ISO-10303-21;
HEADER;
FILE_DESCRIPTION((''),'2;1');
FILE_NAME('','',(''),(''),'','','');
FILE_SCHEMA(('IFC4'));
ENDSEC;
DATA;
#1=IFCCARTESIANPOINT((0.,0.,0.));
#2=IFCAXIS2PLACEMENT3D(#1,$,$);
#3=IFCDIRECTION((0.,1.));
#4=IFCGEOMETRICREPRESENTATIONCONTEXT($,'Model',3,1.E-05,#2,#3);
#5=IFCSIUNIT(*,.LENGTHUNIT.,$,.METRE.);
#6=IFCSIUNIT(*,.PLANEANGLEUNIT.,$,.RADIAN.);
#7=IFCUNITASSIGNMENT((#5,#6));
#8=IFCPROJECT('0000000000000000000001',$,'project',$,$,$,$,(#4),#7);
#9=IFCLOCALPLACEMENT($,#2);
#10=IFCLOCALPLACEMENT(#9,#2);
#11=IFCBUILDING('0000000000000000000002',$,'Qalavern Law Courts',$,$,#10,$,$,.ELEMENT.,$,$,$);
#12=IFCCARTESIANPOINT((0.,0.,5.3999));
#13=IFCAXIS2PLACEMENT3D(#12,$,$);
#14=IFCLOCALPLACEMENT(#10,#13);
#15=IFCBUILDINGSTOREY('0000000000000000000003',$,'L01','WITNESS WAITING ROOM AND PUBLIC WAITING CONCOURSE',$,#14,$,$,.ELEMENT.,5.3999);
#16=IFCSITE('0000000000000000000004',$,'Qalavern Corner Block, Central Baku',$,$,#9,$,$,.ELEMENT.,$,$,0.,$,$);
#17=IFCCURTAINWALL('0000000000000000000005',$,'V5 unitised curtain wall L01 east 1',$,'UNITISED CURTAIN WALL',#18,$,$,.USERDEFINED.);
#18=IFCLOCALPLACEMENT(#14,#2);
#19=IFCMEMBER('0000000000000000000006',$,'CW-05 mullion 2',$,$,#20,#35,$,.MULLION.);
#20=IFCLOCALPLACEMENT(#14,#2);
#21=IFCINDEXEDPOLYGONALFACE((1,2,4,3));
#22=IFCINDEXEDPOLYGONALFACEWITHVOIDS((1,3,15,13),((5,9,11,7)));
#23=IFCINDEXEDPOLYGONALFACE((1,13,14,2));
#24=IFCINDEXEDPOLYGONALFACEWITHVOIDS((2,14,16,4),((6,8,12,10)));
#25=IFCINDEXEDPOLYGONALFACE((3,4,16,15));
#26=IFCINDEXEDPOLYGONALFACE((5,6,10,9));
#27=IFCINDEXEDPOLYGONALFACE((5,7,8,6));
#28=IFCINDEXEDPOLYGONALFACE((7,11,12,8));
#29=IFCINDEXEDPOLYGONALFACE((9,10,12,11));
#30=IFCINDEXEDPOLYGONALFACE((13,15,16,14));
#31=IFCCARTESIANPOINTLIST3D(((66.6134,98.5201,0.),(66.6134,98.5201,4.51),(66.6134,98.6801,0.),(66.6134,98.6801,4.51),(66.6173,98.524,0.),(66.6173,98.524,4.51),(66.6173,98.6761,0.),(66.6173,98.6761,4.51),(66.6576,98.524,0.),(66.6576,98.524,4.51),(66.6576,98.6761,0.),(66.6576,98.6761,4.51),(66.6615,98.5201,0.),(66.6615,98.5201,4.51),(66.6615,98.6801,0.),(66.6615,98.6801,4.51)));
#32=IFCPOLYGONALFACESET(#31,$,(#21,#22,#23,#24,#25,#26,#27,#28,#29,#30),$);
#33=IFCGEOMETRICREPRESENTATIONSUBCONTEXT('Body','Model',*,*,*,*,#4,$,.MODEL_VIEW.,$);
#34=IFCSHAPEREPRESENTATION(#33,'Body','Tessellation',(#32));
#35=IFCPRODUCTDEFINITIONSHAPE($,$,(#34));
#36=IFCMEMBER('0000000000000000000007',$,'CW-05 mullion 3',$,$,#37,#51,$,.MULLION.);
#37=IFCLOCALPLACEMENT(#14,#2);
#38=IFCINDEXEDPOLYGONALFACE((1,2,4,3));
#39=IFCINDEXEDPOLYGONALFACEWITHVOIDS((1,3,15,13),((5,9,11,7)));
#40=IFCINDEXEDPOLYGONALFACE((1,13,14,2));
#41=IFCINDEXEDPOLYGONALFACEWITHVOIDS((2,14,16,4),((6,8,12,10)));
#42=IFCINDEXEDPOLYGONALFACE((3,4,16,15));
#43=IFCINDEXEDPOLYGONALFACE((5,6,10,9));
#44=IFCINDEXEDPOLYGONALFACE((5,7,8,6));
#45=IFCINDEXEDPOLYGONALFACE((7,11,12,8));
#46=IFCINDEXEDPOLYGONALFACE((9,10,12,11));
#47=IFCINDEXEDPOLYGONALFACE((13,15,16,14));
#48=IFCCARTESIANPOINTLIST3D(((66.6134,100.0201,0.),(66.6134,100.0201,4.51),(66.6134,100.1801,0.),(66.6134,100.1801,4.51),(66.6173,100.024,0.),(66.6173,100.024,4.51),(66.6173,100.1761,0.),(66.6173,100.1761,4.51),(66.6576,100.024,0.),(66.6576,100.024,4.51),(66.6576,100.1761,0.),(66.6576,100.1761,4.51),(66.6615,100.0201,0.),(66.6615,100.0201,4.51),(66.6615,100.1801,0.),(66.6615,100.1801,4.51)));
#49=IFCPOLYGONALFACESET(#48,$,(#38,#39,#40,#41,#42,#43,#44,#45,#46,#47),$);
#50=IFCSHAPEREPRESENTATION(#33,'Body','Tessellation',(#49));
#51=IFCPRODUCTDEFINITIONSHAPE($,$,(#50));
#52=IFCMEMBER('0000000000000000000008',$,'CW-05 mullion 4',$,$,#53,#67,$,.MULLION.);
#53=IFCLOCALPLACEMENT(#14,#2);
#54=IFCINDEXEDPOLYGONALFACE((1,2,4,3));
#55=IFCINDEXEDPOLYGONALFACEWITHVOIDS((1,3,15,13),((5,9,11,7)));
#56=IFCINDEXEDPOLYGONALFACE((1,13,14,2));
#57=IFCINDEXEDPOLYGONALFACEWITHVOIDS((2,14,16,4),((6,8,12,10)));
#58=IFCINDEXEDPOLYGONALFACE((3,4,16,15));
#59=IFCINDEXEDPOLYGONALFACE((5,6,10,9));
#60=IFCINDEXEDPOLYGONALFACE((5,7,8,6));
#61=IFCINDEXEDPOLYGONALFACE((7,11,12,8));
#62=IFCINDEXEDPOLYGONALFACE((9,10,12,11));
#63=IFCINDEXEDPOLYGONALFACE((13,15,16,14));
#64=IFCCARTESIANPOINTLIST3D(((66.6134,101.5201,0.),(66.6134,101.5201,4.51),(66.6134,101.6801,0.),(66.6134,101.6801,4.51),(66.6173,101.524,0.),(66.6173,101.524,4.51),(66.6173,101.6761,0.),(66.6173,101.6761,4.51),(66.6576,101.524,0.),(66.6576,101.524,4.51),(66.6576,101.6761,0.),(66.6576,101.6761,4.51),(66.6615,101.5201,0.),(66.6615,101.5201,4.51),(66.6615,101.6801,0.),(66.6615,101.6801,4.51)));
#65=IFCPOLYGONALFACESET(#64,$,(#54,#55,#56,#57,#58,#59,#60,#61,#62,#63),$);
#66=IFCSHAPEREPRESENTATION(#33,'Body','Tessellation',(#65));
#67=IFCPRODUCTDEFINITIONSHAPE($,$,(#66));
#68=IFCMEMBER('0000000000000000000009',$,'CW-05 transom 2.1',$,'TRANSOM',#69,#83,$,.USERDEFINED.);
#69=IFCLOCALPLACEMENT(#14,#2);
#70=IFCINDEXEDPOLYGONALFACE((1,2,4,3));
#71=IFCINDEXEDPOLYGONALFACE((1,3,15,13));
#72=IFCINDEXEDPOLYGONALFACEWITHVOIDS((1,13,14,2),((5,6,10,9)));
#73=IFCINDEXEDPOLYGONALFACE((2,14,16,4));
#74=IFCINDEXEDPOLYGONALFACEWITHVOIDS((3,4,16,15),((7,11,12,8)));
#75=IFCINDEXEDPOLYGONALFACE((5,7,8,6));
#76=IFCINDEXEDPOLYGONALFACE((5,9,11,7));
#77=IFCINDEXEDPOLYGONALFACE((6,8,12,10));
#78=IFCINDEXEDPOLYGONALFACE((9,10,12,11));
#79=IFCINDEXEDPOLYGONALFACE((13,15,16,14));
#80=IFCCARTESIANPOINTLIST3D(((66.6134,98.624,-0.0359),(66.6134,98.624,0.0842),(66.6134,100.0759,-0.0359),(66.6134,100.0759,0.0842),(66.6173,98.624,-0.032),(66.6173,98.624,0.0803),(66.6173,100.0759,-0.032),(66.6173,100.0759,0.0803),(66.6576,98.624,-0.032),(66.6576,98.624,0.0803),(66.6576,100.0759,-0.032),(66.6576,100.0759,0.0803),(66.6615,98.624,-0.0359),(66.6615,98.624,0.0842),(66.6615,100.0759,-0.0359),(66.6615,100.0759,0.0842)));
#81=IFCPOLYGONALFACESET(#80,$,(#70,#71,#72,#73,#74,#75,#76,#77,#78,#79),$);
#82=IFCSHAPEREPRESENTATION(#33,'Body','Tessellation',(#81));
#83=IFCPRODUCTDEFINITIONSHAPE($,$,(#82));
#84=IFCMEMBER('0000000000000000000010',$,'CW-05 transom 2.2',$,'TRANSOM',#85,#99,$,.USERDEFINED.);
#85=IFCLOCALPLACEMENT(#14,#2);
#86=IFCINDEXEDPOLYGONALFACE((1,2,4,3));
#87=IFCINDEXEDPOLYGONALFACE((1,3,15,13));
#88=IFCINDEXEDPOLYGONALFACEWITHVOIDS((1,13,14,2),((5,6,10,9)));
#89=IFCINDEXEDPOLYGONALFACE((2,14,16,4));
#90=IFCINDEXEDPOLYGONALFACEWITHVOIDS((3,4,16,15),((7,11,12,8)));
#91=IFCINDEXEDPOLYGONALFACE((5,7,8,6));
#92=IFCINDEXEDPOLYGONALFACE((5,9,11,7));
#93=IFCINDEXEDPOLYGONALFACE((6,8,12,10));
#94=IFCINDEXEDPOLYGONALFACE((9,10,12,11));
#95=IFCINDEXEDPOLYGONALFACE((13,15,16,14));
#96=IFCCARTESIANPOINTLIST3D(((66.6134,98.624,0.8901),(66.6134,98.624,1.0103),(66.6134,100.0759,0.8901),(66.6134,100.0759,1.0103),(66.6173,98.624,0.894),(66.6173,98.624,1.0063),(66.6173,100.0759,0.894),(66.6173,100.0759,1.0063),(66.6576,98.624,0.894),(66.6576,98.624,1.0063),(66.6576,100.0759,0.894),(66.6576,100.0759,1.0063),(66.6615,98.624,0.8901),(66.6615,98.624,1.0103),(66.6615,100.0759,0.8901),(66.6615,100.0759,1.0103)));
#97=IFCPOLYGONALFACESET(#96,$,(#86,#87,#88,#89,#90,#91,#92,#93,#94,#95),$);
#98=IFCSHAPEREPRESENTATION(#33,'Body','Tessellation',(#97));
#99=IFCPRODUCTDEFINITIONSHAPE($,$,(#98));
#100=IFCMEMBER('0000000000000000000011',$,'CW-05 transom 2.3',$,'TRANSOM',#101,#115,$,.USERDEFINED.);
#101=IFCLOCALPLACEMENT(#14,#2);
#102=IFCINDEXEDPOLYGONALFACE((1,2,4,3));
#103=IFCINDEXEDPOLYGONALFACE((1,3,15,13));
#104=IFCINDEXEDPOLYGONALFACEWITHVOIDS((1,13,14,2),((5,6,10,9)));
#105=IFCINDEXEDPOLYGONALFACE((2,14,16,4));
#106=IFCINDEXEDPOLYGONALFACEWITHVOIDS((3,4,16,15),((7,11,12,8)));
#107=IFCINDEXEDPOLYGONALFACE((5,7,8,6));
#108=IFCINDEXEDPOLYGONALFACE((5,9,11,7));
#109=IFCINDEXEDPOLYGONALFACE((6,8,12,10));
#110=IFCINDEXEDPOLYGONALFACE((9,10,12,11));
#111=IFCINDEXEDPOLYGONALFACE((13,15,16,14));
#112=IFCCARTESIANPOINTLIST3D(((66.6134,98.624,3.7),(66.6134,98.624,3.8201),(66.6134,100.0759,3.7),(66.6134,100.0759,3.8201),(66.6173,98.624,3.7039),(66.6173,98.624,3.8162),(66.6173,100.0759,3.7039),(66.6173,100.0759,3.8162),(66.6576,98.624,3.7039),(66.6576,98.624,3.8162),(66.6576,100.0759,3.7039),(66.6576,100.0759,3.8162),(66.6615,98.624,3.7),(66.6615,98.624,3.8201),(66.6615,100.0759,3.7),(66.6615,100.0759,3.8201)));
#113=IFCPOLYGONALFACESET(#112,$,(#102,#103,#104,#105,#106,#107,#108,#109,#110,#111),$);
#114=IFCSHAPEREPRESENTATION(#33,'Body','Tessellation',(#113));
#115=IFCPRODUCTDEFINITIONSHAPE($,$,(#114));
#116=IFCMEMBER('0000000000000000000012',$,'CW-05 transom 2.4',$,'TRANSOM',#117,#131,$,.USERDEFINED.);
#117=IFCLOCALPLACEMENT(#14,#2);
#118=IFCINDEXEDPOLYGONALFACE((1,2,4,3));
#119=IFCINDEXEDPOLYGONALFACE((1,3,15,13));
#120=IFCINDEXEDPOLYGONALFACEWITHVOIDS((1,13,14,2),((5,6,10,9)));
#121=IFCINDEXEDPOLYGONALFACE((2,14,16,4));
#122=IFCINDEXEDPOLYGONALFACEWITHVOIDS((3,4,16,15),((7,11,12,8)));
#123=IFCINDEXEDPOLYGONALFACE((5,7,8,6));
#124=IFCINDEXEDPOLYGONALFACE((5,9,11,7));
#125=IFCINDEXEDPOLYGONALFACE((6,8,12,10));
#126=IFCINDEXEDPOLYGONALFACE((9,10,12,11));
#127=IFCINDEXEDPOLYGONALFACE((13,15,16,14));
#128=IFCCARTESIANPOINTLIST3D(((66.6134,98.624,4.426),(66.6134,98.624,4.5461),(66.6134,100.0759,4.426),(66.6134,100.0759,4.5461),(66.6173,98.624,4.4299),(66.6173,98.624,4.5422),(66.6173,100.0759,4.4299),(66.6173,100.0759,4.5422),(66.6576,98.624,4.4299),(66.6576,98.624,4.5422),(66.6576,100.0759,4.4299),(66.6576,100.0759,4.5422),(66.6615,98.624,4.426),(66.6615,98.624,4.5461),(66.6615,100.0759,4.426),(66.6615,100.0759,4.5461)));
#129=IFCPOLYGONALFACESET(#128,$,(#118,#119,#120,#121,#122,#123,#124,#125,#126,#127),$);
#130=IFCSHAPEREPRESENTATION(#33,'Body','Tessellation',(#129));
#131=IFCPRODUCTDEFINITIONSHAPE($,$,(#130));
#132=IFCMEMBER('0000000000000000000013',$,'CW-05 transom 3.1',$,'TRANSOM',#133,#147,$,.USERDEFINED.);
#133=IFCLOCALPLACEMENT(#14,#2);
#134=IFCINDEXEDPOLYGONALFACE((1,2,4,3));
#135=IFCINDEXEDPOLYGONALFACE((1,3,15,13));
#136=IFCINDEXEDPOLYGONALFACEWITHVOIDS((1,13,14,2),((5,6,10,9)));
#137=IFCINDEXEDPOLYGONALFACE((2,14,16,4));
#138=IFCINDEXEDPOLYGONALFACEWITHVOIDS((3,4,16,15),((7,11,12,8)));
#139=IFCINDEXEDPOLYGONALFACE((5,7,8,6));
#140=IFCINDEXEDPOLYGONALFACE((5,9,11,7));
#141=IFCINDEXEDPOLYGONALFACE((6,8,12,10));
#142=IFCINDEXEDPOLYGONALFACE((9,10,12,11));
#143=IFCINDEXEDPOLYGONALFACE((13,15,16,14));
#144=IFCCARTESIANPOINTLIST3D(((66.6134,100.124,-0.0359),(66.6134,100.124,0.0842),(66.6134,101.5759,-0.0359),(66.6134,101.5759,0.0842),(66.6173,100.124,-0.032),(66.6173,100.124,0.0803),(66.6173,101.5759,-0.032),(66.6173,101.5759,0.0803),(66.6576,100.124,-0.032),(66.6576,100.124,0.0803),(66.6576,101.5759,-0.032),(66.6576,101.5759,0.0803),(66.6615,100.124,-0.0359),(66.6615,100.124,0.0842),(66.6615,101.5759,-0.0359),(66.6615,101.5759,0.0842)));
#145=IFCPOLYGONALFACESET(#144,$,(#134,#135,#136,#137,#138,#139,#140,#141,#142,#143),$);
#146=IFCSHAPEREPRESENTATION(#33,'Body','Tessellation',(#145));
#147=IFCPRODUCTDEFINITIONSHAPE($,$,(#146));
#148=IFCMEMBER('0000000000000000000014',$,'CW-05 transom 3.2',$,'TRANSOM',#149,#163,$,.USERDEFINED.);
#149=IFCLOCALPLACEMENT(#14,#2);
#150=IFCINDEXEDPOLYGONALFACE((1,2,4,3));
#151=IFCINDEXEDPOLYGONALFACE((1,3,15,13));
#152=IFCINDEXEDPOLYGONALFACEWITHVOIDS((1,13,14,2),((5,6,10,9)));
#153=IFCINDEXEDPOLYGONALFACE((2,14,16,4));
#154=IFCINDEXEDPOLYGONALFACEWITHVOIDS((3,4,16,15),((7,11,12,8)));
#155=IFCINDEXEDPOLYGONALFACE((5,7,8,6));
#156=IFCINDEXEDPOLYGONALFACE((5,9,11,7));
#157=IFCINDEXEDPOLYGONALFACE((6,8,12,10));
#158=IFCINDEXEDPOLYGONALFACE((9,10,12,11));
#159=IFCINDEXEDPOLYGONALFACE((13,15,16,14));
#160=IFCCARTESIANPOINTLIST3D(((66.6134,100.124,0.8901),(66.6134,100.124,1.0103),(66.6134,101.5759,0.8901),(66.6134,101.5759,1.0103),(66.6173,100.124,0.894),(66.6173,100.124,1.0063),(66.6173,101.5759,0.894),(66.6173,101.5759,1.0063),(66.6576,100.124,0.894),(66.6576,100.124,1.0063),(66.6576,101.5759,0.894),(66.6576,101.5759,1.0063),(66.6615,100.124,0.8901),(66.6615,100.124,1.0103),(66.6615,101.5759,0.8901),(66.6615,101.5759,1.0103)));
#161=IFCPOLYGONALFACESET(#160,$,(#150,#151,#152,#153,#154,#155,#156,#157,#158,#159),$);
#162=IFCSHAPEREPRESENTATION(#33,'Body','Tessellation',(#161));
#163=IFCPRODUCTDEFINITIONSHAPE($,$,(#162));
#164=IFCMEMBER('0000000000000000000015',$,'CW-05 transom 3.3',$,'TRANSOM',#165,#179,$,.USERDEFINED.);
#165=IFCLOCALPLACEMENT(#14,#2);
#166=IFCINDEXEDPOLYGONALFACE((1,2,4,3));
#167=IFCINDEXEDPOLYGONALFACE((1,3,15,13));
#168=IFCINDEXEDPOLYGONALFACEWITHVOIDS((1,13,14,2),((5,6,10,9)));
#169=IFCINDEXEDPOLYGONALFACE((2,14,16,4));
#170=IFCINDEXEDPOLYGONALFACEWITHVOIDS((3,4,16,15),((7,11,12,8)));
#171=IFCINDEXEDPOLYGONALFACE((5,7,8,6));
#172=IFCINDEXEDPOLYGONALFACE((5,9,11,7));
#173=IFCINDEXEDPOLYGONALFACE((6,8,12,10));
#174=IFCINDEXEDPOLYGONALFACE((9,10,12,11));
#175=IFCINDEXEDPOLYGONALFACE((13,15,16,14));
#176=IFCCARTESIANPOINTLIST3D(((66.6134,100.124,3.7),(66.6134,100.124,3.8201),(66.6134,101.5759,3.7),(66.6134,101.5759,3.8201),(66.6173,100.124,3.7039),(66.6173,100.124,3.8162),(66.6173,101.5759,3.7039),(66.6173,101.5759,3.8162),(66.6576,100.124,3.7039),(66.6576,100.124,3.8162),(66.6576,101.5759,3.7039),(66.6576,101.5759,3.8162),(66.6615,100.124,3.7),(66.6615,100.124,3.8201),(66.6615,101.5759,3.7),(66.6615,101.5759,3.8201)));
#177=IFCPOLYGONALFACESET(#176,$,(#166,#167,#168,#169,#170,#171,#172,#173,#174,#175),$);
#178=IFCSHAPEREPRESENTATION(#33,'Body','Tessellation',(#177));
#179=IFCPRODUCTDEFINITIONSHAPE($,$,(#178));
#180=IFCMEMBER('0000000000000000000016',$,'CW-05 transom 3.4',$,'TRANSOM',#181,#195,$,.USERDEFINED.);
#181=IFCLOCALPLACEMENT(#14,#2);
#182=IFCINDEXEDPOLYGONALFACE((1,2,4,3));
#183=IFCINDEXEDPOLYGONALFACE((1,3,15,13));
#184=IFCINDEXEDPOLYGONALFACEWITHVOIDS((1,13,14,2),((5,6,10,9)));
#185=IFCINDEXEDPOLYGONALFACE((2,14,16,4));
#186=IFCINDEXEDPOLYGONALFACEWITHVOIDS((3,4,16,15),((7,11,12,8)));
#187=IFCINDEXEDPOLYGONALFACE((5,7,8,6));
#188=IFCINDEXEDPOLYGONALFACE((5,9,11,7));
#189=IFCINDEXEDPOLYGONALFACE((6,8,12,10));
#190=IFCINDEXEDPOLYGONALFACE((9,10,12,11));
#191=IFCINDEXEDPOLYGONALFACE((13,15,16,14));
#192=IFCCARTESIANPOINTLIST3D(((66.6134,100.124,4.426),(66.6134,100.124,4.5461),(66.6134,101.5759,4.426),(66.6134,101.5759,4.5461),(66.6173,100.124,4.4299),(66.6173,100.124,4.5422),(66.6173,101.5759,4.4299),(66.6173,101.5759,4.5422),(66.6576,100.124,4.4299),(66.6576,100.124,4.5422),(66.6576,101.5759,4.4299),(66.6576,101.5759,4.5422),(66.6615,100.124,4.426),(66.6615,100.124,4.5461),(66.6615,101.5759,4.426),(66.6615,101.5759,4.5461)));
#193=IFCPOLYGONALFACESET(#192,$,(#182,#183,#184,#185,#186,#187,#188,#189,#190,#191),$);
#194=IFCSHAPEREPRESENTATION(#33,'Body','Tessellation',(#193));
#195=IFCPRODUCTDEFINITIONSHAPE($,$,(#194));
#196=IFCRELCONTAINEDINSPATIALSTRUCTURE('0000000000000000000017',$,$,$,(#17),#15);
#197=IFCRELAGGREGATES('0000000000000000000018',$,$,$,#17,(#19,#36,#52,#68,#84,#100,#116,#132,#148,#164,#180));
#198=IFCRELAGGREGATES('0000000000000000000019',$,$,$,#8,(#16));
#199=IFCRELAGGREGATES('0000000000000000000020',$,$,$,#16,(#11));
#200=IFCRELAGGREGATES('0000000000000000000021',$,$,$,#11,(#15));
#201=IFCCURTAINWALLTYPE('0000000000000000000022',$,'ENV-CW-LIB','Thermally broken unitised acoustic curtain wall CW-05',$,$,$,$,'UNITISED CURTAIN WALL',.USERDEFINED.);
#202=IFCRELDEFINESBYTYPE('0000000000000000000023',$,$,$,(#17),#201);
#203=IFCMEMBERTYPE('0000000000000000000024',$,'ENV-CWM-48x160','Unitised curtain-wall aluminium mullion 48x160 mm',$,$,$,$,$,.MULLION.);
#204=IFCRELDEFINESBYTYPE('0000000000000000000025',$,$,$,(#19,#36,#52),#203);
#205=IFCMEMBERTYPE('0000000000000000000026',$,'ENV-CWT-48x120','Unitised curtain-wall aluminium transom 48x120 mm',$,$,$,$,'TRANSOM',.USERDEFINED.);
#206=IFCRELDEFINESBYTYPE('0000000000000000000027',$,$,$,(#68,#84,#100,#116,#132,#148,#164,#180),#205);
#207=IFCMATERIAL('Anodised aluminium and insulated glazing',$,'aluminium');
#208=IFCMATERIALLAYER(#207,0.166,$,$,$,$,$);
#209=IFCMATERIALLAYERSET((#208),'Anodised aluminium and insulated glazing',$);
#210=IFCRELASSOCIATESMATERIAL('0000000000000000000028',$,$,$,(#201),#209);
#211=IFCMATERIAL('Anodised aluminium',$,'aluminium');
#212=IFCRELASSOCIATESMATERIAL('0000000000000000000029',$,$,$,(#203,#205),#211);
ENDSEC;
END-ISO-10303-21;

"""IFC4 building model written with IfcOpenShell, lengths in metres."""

from ifc_helpers import new_model, si_unit, direction, frame, origin, origin_2d, place, context, subcontext, project, spatial, hollow_rectangle, extrude, material, layer, layer_set, material_profile, profile_set, type_object, element, aggregate, save


model = new_model("IFC4")

# Units and contexts
model_context = context("Model", 3, precision=1e-05, world=origin(), true_north=direction((0.0, 1.0)))
body_context = subcontext(model_context, "Body", "Model", "MODEL_VIEW")
ifc_project = project(units=[si_unit("LENGTHUNIT", "METRE"), si_unit("PLANEANGLEUNIT", "RADIAN")], contexts=[model_context])

# Site, building, storey
site_placement = place(None, origin())
site = spatial("IfcSite", under=ifc_project, at=site_placement, Name="Qalavern Corner Block, Central Baku", CompositionType="ELEMENT", RefElevation=0.0)
building_placement = place(site_placement, origin())
building = spatial("IfcBuilding", under=site, at=building_placement, Name="Qalavern Law Courts", CompositionType="ELEMENT")
storey_placement = place(building_placement, frame((0.0, 0.0, 5.3999)))
storey = spatial("IfcBuildingStorey", under=building, at=storey_placement, Name="L01", Description="WITNESS WAITING ROOM AND PUBLIC WAITING CONCOURSE", CompositionType="ELEMENT", Elevation=5.3999)

# Curtain wall, members
ifc_material_1 = material(Name="Anodised aluminium and insulated glazing", Category="aluminium")
ifc_layer_1 = layer(ifc_material_1, 0.166)
ifc_layer_set_1 = layer_set([ifc_layer_1], Name="Anodised aluminium and insulated glazing")
curtain_wall_type = type_object("IfcCurtainWallType", Name="ENV-CW-LIB", Description="Thermally broken unitised acoustic curtain wall CW-05", ElementType="UNITISED CURTAIN WALL", PredefinedType="USERDEFINED", material=ifc_layer_set_1)
curtain_wall_placement = place(storey_placement, origin())
curtain_wall = element("IfcCurtainWall", 1, at=curtain_wall_placement, inside=storey, type_object=curtain_wall_type, Name="V5 unitised curtain wall L01 east 1", ObjectType="UNITISED CURTAIN WALL", PredefinedType="USERDEFINED")
ifc_material_2 = material(Name="Anodised aluminium", Category="aluminium")
ifc_material_profile_1 = material_profile(ifc_material_2, hollow_rectangle(XDim=0.0481, YDim=0.1599, WallThickness=0.0039, at=origin_2d()), Name="ALU MULLION 48x160")
ifc_profile_set_1 = profile_set([ifc_material_profile_1], Name="Anodised aluminium")
member_type_1 = type_object("IfcMemberType", Name="ENV-CWM-48x160", Description="Unitised curtain-wall aluminium mullion 48x160 mm", PredefinedType="MULLION", material=ifc_profile_set_1)
member_1_placement = place(storey_placement, frame((66.6375, 98.6001, 0.0), z_axis=(0.0, 0.0, 1.0), x_axis=(-1.0, 0.0, 0.0)))
member_1 = element("IfcMember", 2, at=member_1_placement, type_object=member_type_1, Name="CW-05 mullion 2", PredefinedType="MULLION", context=body_context, shape_type="SweptSolid", body=[
    extrude(hollow_rectangle(XDim=0.0481, YDim=0.1599, WallThickness=0.0039, at=origin_2d()), origin(), (0.0, 0.0, 1.0), 4.51),
])
member_2_placement = place(storey_placement, frame((66.6375, 100.1001, 0.0), z_axis=(0.0, 0.0, 1.0), x_axis=(-1.0, 0.0, 0.0)))
member_2 = element("IfcMember", 3, at=member_2_placement, type_object=member_type_1, Name="CW-05 mullion 3", PredefinedType="MULLION", context=body_context, shape_type="SweptSolid", body=[
    extrude(hollow_rectangle(XDim=0.0481, YDim=0.1599, WallThickness=0.0039, at=origin_2d()), origin(), (0.0, 0.0, 1.0), 4.51),
])
member_3_placement = place(storey_placement, frame((66.6375, 101.6001, 0.0), z_axis=(0.0, 0.0, 1.0), x_axis=(-1.0, 0.0, 0.0)))
member_3 = element("IfcMember", 4, at=member_3_placement, type_object=member_type_1, Name="CW-05 mullion 4", PredefinedType="MULLION", context=body_context, shape_type="SweptSolid", body=[
    extrude(hollow_rectangle(XDim=0.0481, YDim=0.1599, WallThickness=0.0039, at=origin_2d()), origin(), (0.0, 0.0, 1.0), 4.51),
])
ifc_material_profile_2 = material_profile(ifc_material_2, hollow_rectangle(XDim=0.0481, YDim=0.1201, WallThickness=0.0039, at=origin_2d()), Name="ALU TRANSOM 48x120")
ifc_profile_set_2 = profile_set([ifc_material_profile_2], Name="Anodised aluminium")
member_type_2 = type_object("IfcMemberType", Name="ENV-CWT-48x120", Description="Unitised curtain-wall aluminium transom 48x120 mm", ElementType="TRANSOM", PredefinedType="USERDEFINED", material=ifc_profile_set_2)
member_4_placement = place(storey_placement, frame((66.6375, 98.624, 0.0242), z_axis=(0.0, 1.0, 0.0), x_axis=(-1.0, 0.0, 0.0)))
member_4 = element("IfcMember", 5, at=member_4_placement, type_object=member_type_2, Name="CW-05 transom 2.1", ObjectType="TRANSOM", PredefinedType="USERDEFINED", context=body_context, shape_type="SweptSolid", body=[
    extrude(hollow_rectangle(XDim=0.0481, YDim=0.1201, WallThickness=0.0039, at=origin_2d()), origin(), (0.0, 0.0, 1.0), 1.4519),
])
member_5_placement = place(storey_placement, frame((66.6375, 98.624, 0.9502), z_axis=(0.0, 1.0, 0.0), x_axis=(-1.0, 0.0, 0.0)))
member_5 = element("IfcMember", 6, at=member_5_placement, type_object=member_type_2, Name="CW-05 transom 2.2", ObjectType="TRANSOM", PredefinedType="USERDEFINED", context=body_context, shape_type="SweptSolid", body=[
    extrude(hollow_rectangle(XDim=0.0481, YDim=0.1201, WallThickness=0.0039, at=origin_2d()), origin(), (0.0, 0.0, 1.0), 1.4519),
])
member_6_placement = place(storey_placement, frame((66.6375, 98.624, 3.76), z_axis=(0.0, 1.0, 0.0), x_axis=(-1.0, 0.0, 0.0)))
member_6 = element("IfcMember", 7, at=member_6_placement, type_object=member_type_2, Name="CW-05 transom 2.3", ObjectType="TRANSOM", PredefinedType="USERDEFINED", context=body_context, shape_type="SweptSolid", body=[
    extrude(hollow_rectangle(XDim=0.0481, YDim=0.1201, WallThickness=0.0039, at=origin_2d()), origin(), (0.0, 0.0, 1.0), 1.4519),
])
member_7_placement = place(storey_placement, frame((66.6375, 98.624, 4.4861), z_axis=(0.0, 1.0, 0.0), x_axis=(-1.0, 0.0, 0.0)))
member_7 = element("IfcMember", 8, at=member_7_placement, type_object=member_type_2, Name="CW-05 transom 2.4", ObjectType="TRANSOM", PredefinedType="USERDEFINED", context=body_context, shape_type="SweptSolid", body=[
    extrude(hollow_rectangle(XDim=0.0481, YDim=0.1201, WallThickness=0.0039, at=origin_2d()), origin(), (0.0, 0.0, 1.0), 1.4519),
])
member_8_placement = place(storey_placement, frame((66.6375, 100.124, 0.0242), z_axis=(0.0, 1.0, 0.0), x_axis=(-1.0, 0.0, 0.0)))
member_8 = element("IfcMember", 9, at=member_8_placement, type_object=member_type_2, Name="CW-05 transom 3.1", ObjectType="TRANSOM", PredefinedType="USERDEFINED", context=body_context, shape_type="SweptSolid", body=[
    extrude(hollow_rectangle(XDim=0.0481, YDim=0.1201, WallThickness=0.0039, at=origin_2d()), origin(), (0.0, 0.0, 1.0), 1.4519),
])
member_9_placement = place(storey_placement, frame((66.6375, 100.124, 0.9502), z_axis=(0.0, 1.0, 0.0), x_axis=(-1.0, 0.0, 0.0)))
member_9 = element("IfcMember", 10, at=member_9_placement, type_object=member_type_2, Name="CW-05 transom 3.2", ObjectType="TRANSOM", PredefinedType="USERDEFINED", context=body_context, shape_type="SweptSolid", body=[
    extrude(hollow_rectangle(XDim=0.0481, YDim=0.1201, WallThickness=0.0039, at=origin_2d()), origin(), (0.0, 0.0, 1.0), 1.4519),
])
member_10_placement = place(storey_placement, frame((66.6375, 100.124, 3.76), z_axis=(0.0, 1.0, 0.0), x_axis=(-1.0, 0.0, 0.0)))
member_10 = element("IfcMember", 11, at=member_10_placement, type_object=member_type_2, Name="CW-05 transom 3.3", ObjectType="TRANSOM", PredefinedType="USERDEFINED", context=body_context, shape_type="SweptSolid", body=[
    extrude(hollow_rectangle(XDim=0.0481, YDim=0.1201, WallThickness=0.0039, at=origin_2d()), origin(), (0.0, 0.0, 1.0), 1.4519),
])
member_11_placement = place(storey_placement, frame((66.6375, 100.124, 4.4861), z_axis=(0.0, 1.0, 0.0), x_axis=(-1.0, 0.0, 0.0)))
member_11 = element("IfcMember", 12, at=member_11_placement, type_object=member_type_2, Name="CW-05 transom 3.4", ObjectType="TRANSOM", PredefinedType="USERDEFINED", context=body_context, shape_type="SweptSolid", body=[
    extrude(hollow_rectangle(XDim=0.0481, YDim=0.1201, WallThickness=0.0039, at=origin_2d()), origin(), (0.0, 0.0, 1.0), 1.4519),
])
aggregate(curtain_wall, [member_1, member_2, member_3, member_4, member_5, member_6, member_7, member_8, member_9, member_10, member_11])

save(model, "model.ifc")
